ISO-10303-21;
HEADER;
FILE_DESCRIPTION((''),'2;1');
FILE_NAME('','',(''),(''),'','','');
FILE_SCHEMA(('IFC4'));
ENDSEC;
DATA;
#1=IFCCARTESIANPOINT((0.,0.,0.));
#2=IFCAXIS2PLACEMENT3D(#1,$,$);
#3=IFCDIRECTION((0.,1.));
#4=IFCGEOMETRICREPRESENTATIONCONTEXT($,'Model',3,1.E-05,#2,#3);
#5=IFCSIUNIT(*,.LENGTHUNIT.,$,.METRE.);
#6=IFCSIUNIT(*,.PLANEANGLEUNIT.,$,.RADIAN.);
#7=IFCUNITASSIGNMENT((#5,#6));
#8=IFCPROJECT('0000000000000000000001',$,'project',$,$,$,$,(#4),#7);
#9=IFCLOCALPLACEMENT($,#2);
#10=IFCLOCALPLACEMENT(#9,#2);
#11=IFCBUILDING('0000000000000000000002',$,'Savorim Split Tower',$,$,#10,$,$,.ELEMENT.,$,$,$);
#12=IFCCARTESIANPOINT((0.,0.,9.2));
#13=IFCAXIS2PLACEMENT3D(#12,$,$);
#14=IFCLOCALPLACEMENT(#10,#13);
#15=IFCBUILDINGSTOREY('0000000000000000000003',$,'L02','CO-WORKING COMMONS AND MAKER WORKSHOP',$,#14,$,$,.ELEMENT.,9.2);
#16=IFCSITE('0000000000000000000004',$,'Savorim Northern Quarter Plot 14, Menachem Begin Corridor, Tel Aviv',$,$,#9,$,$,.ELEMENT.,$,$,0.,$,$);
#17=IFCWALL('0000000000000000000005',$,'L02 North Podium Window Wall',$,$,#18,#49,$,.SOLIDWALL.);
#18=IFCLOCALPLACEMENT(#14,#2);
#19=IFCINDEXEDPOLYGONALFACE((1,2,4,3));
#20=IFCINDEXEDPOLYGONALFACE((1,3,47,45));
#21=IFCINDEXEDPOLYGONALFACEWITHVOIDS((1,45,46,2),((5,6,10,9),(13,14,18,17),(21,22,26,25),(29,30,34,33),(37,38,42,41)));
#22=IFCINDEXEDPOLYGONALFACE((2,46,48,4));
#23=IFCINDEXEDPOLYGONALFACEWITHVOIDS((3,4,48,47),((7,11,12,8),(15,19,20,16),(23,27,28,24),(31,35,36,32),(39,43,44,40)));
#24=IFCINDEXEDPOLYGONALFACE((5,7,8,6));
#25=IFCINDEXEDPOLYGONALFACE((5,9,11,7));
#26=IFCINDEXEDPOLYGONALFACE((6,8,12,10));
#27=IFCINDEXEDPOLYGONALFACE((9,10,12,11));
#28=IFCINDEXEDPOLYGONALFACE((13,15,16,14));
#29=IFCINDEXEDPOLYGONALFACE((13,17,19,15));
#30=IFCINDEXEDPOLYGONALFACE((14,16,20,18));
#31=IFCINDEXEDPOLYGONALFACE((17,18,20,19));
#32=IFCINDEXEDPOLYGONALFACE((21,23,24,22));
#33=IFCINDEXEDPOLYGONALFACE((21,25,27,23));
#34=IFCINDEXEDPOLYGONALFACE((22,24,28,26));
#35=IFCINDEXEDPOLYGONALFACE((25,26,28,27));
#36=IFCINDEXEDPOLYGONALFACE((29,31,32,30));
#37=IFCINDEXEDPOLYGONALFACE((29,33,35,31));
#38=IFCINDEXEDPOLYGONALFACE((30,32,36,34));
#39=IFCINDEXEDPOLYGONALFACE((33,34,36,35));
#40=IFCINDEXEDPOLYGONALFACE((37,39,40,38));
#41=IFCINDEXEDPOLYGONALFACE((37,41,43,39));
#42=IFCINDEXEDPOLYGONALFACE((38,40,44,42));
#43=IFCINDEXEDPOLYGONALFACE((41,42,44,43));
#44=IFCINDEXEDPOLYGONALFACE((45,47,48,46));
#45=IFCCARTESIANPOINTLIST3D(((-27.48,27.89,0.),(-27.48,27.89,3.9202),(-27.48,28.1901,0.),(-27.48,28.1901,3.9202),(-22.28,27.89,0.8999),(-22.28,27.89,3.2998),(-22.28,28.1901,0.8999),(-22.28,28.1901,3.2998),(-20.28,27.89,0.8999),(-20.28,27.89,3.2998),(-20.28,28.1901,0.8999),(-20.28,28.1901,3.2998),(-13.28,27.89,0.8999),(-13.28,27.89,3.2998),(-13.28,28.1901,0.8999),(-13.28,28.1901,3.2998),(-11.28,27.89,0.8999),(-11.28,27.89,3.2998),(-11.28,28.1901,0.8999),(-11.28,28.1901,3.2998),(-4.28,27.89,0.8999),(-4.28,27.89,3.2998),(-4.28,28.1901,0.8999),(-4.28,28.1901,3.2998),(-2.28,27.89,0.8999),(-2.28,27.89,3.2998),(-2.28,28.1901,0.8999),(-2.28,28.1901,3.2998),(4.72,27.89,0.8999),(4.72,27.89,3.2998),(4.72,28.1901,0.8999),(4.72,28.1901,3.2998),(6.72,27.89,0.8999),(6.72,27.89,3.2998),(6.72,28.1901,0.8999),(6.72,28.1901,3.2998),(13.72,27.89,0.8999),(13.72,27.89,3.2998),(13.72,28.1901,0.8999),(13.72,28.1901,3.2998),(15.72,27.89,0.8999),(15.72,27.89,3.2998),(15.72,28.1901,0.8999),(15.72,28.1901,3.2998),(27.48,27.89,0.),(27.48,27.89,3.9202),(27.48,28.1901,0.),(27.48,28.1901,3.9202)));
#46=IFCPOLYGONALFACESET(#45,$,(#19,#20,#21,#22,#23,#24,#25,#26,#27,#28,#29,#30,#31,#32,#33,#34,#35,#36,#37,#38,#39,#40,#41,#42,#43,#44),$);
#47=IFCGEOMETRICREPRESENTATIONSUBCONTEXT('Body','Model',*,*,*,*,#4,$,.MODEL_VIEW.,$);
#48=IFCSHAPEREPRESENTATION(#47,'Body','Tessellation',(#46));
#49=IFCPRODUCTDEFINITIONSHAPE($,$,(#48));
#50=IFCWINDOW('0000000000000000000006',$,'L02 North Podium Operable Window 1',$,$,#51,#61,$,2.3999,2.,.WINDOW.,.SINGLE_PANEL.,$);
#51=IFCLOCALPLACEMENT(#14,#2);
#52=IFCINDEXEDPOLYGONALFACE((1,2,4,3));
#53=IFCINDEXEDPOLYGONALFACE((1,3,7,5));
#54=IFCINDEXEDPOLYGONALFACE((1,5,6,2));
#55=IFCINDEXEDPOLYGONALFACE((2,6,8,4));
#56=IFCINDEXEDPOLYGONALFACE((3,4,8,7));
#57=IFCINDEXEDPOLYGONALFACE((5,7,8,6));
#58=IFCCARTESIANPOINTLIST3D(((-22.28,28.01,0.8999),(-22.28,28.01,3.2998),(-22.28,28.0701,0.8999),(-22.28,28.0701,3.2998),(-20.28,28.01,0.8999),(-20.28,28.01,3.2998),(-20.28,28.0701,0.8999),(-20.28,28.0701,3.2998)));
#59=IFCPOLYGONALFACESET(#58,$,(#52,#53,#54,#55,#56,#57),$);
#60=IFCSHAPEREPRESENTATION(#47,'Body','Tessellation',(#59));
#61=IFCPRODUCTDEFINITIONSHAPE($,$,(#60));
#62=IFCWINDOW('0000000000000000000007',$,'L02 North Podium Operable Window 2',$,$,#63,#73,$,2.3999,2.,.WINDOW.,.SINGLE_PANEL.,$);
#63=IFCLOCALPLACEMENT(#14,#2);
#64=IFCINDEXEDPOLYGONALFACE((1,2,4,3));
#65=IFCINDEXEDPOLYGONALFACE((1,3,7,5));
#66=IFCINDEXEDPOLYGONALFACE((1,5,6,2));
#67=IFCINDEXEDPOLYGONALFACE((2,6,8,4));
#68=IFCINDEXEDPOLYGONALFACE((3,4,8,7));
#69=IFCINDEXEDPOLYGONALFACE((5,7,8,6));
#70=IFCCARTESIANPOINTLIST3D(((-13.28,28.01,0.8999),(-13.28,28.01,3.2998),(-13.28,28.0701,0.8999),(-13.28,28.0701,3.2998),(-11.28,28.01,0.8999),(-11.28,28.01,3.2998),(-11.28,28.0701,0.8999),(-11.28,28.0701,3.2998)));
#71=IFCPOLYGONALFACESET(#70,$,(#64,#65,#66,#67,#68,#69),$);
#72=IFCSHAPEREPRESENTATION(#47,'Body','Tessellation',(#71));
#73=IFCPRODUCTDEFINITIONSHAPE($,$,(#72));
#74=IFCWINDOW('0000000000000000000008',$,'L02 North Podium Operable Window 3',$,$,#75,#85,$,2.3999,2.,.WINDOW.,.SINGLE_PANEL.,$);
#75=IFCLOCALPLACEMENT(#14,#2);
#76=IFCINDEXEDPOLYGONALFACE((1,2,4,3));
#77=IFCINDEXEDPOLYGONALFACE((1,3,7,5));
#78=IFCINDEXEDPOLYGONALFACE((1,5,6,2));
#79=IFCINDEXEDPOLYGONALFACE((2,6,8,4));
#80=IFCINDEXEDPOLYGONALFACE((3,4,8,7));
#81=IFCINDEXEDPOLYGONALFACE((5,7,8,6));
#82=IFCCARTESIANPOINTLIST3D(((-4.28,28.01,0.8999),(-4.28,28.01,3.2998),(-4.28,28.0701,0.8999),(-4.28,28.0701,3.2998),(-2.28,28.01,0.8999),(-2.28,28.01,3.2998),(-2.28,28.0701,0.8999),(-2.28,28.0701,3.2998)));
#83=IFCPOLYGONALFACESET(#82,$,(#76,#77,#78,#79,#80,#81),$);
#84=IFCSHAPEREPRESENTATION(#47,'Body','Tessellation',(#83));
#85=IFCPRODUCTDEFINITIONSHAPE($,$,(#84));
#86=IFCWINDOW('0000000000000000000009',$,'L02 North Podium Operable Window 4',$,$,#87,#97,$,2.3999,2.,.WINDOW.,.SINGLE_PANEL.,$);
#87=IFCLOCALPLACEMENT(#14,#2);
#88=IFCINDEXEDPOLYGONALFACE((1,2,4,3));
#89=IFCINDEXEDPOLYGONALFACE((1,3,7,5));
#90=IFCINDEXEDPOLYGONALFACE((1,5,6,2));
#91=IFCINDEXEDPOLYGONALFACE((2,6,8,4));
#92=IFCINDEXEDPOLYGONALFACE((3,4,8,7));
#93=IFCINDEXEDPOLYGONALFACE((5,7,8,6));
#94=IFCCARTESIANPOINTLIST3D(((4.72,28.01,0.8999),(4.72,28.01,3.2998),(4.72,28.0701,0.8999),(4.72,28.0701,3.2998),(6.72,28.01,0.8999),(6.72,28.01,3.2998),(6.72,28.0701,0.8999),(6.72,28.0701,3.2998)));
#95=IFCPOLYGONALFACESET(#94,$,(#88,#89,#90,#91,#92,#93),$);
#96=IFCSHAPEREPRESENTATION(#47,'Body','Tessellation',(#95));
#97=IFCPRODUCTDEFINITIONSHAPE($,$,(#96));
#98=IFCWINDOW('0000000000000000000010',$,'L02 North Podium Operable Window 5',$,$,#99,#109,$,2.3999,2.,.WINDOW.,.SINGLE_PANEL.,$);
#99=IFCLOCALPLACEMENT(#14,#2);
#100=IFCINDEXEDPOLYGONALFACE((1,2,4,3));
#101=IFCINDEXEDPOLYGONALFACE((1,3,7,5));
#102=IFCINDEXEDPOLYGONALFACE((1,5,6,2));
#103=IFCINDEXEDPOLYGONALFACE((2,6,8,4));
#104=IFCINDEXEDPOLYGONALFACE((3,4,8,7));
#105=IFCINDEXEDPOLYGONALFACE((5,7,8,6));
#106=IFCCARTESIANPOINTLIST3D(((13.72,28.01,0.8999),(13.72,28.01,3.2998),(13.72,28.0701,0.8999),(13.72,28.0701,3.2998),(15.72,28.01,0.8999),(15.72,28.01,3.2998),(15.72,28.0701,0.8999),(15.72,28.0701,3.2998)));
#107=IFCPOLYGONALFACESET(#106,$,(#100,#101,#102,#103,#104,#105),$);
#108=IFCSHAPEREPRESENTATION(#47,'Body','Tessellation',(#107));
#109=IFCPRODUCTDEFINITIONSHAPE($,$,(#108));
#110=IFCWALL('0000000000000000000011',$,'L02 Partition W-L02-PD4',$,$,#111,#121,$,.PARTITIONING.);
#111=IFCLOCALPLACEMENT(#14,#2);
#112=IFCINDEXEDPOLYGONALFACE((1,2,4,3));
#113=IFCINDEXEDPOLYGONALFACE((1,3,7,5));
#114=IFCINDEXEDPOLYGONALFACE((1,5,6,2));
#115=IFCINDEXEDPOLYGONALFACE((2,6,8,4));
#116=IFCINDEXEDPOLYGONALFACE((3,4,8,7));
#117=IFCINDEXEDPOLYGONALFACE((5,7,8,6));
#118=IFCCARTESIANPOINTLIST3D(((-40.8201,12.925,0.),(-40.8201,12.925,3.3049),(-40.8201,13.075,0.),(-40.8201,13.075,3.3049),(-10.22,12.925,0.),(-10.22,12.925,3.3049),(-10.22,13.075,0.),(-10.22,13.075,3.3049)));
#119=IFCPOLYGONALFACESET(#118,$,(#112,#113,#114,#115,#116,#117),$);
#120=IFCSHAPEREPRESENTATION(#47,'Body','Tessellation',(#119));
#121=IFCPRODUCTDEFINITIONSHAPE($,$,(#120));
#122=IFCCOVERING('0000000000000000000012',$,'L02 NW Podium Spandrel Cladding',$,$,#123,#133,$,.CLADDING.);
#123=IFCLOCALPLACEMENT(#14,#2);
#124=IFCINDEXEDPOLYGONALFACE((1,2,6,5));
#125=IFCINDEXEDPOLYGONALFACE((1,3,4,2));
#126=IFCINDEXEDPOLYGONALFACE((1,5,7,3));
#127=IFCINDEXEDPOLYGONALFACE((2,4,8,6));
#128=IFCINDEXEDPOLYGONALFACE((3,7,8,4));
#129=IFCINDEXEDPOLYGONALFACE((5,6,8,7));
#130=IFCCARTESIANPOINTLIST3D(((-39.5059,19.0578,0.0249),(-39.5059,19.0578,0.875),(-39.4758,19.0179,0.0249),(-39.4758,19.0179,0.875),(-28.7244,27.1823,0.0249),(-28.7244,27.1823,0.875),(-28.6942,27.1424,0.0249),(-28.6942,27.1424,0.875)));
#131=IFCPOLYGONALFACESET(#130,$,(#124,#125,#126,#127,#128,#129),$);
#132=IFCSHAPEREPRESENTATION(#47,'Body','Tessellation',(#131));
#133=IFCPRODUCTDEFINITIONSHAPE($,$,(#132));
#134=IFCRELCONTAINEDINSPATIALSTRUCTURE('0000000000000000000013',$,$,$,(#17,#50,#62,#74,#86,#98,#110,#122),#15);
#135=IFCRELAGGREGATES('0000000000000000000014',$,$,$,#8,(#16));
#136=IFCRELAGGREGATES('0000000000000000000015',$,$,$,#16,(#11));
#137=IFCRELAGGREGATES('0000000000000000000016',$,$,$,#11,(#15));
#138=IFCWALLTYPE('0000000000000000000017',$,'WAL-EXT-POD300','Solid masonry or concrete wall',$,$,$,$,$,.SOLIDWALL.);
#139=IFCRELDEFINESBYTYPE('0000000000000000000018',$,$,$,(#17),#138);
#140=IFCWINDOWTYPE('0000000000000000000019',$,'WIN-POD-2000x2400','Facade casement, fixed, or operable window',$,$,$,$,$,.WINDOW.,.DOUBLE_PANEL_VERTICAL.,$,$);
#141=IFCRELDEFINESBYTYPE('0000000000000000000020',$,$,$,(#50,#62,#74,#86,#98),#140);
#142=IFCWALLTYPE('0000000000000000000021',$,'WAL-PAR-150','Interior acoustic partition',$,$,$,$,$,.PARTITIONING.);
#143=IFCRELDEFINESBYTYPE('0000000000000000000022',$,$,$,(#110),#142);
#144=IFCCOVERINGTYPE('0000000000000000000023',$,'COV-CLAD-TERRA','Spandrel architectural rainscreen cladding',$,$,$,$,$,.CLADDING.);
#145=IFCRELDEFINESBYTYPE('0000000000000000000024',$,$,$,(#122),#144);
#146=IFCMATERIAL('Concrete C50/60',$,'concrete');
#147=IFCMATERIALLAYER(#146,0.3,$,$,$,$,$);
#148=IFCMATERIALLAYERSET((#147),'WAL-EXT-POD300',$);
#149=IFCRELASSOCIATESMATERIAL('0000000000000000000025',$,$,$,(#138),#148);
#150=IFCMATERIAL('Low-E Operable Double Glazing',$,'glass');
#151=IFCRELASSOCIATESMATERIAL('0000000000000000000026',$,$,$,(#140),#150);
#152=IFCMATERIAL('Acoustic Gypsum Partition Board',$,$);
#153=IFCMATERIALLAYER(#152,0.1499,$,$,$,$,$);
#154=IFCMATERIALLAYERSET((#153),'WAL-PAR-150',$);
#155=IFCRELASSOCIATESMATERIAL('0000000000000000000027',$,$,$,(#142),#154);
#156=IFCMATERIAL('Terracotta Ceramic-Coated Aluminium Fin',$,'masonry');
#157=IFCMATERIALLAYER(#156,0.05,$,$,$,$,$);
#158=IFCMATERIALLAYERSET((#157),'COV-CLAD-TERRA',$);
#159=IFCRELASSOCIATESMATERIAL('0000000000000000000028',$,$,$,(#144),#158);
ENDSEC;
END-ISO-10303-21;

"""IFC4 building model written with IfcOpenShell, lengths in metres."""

from ifc_helpers import new_model, si_unit, direction, frame, frame_2d, origin, origin_2d, place, context, subcontext, project, spatial, rectangle, extrude, material, layer, layer_set, type_object, element, fill, save


model = new_model("IFC4")

# Units and contexts
model_context = context("Model", 3, precision=1e-05, world=origin(), true_north=direction((0.0, 1.0)))
body_context = subcontext(model_context, "Body", "Model", "MODEL_VIEW")
ifc_project = project(units=[si_unit("LENGTHUNIT", "METRE"), si_unit("PLANEANGLEUNIT", "RADIAN")], contexts=[model_context])

# Site, building, storey
site_placement = place(None, origin())
site = spatial("IfcSite", under=ifc_project, at=site_placement, Name="Savorim Northern Quarter Plot 14, Menachem Begin Corridor, Tel Aviv", CompositionType="ELEMENT", RefElevation=0.0)
building_placement = place(site_placement, origin())
building = spatial("IfcBuilding", under=site, at=building_placement, Name="Savorim Split Tower", CompositionType="ELEMENT")
storey_placement = place(building_placement, frame((0.0, 0.0, 9.2)))
storey = spatial("IfcBuildingStorey", under=building, at=storey_placement, Name="L02", Description="CO-WORKING COMMONS AND MAKER WORKSHOP", CompositionType="ELEMENT", Elevation=9.2)

# Shared definitions
ifc_material_1 = material(Name="Low-E Operable Double Glazing", Category="glass")

# Wall, openings, windows
ifc_material_2 = material(Name="Concrete C50/60", Category="concrete")
ifc_layer_1 = layer(ifc_material_2, 0.3)
ifc_layer_set_1 = layer_set([ifc_layer_1], Name="WAL-EXT-POD300")
wall_type_1 = type_object("IfcWallType", Name="WAL-EXT-POD300", Description="Solid masonry or concrete wall", PredefinedType="SOLIDWALL", material=ifc_layer_set_1)
wall_1_placement = place(storey_placement, frame((-27.48, 28.04, 0.0), z_axis=(0.0, 0.0, 1.0), x_axis=(1.0, 0.0, 0.0)))
wall_1 = element("IfcWall", 1, at=wall_1_placement, inside=storey, type_object=wall_type_1, Name="L02 North Podium Window Wall", PredefinedType="SOLIDWALL", context=body_context, shape_type="SweptSolid", body=[
    extrude(rectangle(XDim=54.96, YDim=0.3, at=frame_2d((27.48, 0.0))), origin(), (0.0, 0.0, 1.0), 3.9202),
])
opening_1_placement = place(wall_1_placement, frame((5.2, 0.0, 0.8999)))
opening_1 = element("IfcOpeningElement", 2, at=opening_1_placement, cuts=wall_1, PredefinedType="OPENING", context=body_context, shape_type="SweptSolid", body=[
    extrude(rectangle(XDim=2.0, YDim=2.3999, at=frame_2d((1.0, 1.2))), frame((0.0, 0.1599, 0.0), z_axis=(0.0, -1.0, 0.0), x_axis=(1.0, 0.0, 0.0)), (0.0, 0.0, 1.0), 0.3201),
])
opening_2_placement = place(wall_1_placement, frame((14.2, 0.0, 0.8999)))
opening_2 = element("IfcOpeningElement", 3, at=opening_2_placement, cuts=wall_1, PredefinedType="OPENING", context=body_context, shape_type="SweptSolid", body=[
    extrude(rectangle(XDim=2.0, YDim=2.3999, at=frame_2d((1.0, 1.2))), frame((0.0, 0.1599, 0.0), z_axis=(0.0, -1.0, 0.0), x_axis=(1.0, 0.0, 0.0)), (0.0, 0.0, 1.0), 0.3201),
])
opening_3_placement = place(wall_1_placement, frame((23.2, 0.0, 0.8999)))
opening_3 = element("IfcOpeningElement", 4, at=opening_3_placement, cuts=wall_1, PredefinedType="OPENING", context=body_context, shape_type="SweptSolid", body=[
    extrude(rectangle(XDim=2.0, YDim=2.3999, at=frame_2d((1.0, 1.2))), frame((0.0, 0.1599, 0.0), z_axis=(0.0, -1.0, 0.0), x_axis=(1.0, 0.0, 0.0)), (0.0, 0.0, 1.0), 0.3201),
])
opening_4_placement = place(wall_1_placement, frame((32.2, 0.0, 0.8999)))
opening_4 = element("IfcOpeningElement", 5, at=opening_4_placement, cuts=wall_1, PredefinedType="OPENING", context=body_context, shape_type="SweptSolid", body=[
    extrude(rectangle(XDim=2.0, YDim=2.3999, at=frame_2d((1.0, 1.2))), frame((0.0, 0.1599, 0.0), z_axis=(0.0, -1.0, 0.0), x_axis=(1.0, 0.0, 0.0)), (0.0, 0.0, 1.0), 0.3201),
])
opening_5_placement = place(wall_1_placement, frame((41.2, 0.0, 0.8999)))
opening_5 = element("IfcOpeningElement", 6, at=opening_5_placement, cuts=wall_1, PredefinedType="OPENING", context=body_context, shape_type="SweptSolid", body=[
    extrude(rectangle(XDim=2.0, YDim=2.3999, at=frame_2d((1.0, 1.2))), frame((0.0, 0.1599, 0.0), z_axis=(0.0, -1.0, 0.0), x_axis=(1.0, 0.0, 0.0)), (0.0, 0.0, 1.0), 0.3201),
])
window_type = type_object("IfcWindowType", Name="WIN-POD-2000x2400", Description="Facade casement, fixed, or operable window", PartitioningType="DOUBLE_PANEL_VERTICAL", PredefinedType="WINDOW", material=ifc_material_1)
window_1_placement = place(opening_1_placement, origin())
window_1 = element("IfcWindow", 7, at=window_1_placement, inside=storey, type_object=window_type, Name="L02 North Podium Operable Window 1", OverallHeight=2.3999, OverallWidth=2.0, PartitioningType="SINGLE_PANEL", PredefinedType="WINDOW", context=body_context, shape_type="SweptSolid", body=[
    extrude(rectangle(XDim=2.0, YDim=2.3999, at=frame_2d((1.0, 1.2))), frame((0.0, 0.03, 0.0), z_axis=(0.0, -1.0, 0.0), x_axis=(1.0, 0.0, 0.0)), (0.0, 0.0, 1.0), 0.0601),
])
fill(opening_1, window_1)
window_2_placement = place(opening_2_placement, origin())
window_2 = element("IfcWindow", 8, at=window_2_placement, inside=storey, type_object=window_type, Name="L02 North Podium Operable Window 2", OverallHeight=2.3999, OverallWidth=2.0, PartitioningType="SINGLE_PANEL", PredefinedType="WINDOW", context=body_context, shape_type="SweptSolid", body=[
    extrude(rectangle(XDim=2.0, YDim=2.3999, at=frame_2d((1.0, 1.2))), frame((0.0, 0.03, 0.0), z_axis=(0.0, -1.0, 0.0), x_axis=(1.0, 0.0, 0.0)), (0.0, 0.0, 1.0), 0.0601),
])
fill(opening_2, window_2)
window_3_placement = place(opening_3_placement, origin())
window_3 = element("IfcWindow", 9, at=window_3_placement, inside=storey, type_object=window_type, Name="L02 North Podium Operable Window 3", OverallHeight=2.3999, OverallWidth=2.0, PartitioningType="SINGLE_PANEL", PredefinedType="WINDOW", context=body_context, shape_type="SweptSolid", body=[
    extrude(rectangle(XDim=2.0, YDim=2.3999, at=frame_2d((1.0, 1.2))), frame((0.0, 0.03, 0.0), z_axis=(0.0, -1.0, 0.0), x_axis=(1.0, 0.0, 0.0)), (0.0, 0.0, 1.0), 0.0601),
])
fill(opening_3, window_3)
window_4_placement = place(opening_4_placement, origin())
window_4 = element("IfcWindow", 10, at=window_4_placement, inside=storey, type_object=window_type, Name="L02 North Podium Operable Window 4", OverallHeight=2.3999, OverallWidth=2.0, PartitioningType="SINGLE_PANEL", PredefinedType="WINDOW", context=body_context, shape_type="SweptSolid", body=[
    extrude(rectangle(XDim=2.0, YDim=2.3999, at=frame_2d((1.0, 1.2))), frame((0.0, 0.03, 0.0), z_axis=(0.0, -1.0, 0.0), x_axis=(1.0, 0.0, 0.0)), (0.0, 0.0, 1.0), 0.0601),
])
fill(opening_4, window_4)
window_5_placement = place(opening_5_placement, origin())
window_5 = element("IfcWindow", 11, at=window_5_placement, inside=storey, type_object=window_type, Name="L02 North Podium Operable Window 5", OverallHeight=2.3999, OverallWidth=2.0, PartitioningType="SINGLE_PANEL", PredefinedType="WINDOW", context=body_context, shape_type="SweptSolid", body=[
    extrude(rectangle(XDim=2.0, YDim=2.3999, at=frame_2d((1.0, 1.2))), frame((0.0, 0.03, 0.0), z_axis=(0.0, -1.0, 0.0), x_axis=(1.0, 0.0, 0.0)), (0.0, 0.0, 1.0), 0.0601),
])
fill(opening_5, window_5)

# Wall
ifc_material_3 = material(Name="Acoustic Gypsum Partition Board")
ifc_layer_2 = layer(ifc_material_3, 0.1499)
ifc_layer_set_2 = layer_set([ifc_layer_2], Name="WAL-PAR-150")
wall_type_2 = type_object("IfcWallType", Name="WAL-PAR-150", Description="Interior acoustic partition", PredefinedType="PARTITIONING", material=ifc_layer_set_2)
wall_2_placement = place(storey_placement, frame((-40.8201, 13.0, 0.0), z_axis=(0.0, 0.0, 1.0), x_axis=(1.0, 0.0, 0.0)))
element("IfcWall", 12, at=wall_2_placement, inside=storey, type_object=wall_type_2, Name="L02 Partition W-L02-PD4", PredefinedType="PARTITIONING", context=body_context, shape_type="SweptSolid", body=[
    extrude(rectangle(XDim=30.6001, YDim=0.1499, at=frame_2d((15.3, 0.0))), origin(), (0.0, 0.0, 1.0), 3.3049),
])

# Covering
ifc_material_4 = material(Name="Terracotta Ceramic-Coated Aluminium Fin", Category="masonry")
ifc_layer_3 = layer(ifc_material_4, 0.05)
ifc_layer_set_3 = layer_set([ifc_layer_3], Name="COV-CLAD-TERRA")
covering_type = type_object("IfcCoveringType", Name="COV-CLAD-TERRA", Description="Spandrel architectural rainscreen cladding", PredefinedType="CLADDING", material=ifc_layer_set_3)
covering_placement = place(storey_placement, frame((-34.1001, 23.1001, 0.0249), z_axis=(0.0, 0.0, 1.0), x_axis=(0.798636, 0.601815, 0.0)))
element("IfcCovering", 13, at=covering_placement, inside=storey, type_object=covering_type, Name="L02 NW Podium Spandrel Cladding", PredefinedType="CLADDING", context=body_context, shape_type="SweptSolid", body=[
    extrude(rectangle(XDim=13.5, YDim=0.05, at=origin_2d()), origin(), (0.0, 0.0, 1.0), 0.8501),
])

save(model, "model.ifc")
